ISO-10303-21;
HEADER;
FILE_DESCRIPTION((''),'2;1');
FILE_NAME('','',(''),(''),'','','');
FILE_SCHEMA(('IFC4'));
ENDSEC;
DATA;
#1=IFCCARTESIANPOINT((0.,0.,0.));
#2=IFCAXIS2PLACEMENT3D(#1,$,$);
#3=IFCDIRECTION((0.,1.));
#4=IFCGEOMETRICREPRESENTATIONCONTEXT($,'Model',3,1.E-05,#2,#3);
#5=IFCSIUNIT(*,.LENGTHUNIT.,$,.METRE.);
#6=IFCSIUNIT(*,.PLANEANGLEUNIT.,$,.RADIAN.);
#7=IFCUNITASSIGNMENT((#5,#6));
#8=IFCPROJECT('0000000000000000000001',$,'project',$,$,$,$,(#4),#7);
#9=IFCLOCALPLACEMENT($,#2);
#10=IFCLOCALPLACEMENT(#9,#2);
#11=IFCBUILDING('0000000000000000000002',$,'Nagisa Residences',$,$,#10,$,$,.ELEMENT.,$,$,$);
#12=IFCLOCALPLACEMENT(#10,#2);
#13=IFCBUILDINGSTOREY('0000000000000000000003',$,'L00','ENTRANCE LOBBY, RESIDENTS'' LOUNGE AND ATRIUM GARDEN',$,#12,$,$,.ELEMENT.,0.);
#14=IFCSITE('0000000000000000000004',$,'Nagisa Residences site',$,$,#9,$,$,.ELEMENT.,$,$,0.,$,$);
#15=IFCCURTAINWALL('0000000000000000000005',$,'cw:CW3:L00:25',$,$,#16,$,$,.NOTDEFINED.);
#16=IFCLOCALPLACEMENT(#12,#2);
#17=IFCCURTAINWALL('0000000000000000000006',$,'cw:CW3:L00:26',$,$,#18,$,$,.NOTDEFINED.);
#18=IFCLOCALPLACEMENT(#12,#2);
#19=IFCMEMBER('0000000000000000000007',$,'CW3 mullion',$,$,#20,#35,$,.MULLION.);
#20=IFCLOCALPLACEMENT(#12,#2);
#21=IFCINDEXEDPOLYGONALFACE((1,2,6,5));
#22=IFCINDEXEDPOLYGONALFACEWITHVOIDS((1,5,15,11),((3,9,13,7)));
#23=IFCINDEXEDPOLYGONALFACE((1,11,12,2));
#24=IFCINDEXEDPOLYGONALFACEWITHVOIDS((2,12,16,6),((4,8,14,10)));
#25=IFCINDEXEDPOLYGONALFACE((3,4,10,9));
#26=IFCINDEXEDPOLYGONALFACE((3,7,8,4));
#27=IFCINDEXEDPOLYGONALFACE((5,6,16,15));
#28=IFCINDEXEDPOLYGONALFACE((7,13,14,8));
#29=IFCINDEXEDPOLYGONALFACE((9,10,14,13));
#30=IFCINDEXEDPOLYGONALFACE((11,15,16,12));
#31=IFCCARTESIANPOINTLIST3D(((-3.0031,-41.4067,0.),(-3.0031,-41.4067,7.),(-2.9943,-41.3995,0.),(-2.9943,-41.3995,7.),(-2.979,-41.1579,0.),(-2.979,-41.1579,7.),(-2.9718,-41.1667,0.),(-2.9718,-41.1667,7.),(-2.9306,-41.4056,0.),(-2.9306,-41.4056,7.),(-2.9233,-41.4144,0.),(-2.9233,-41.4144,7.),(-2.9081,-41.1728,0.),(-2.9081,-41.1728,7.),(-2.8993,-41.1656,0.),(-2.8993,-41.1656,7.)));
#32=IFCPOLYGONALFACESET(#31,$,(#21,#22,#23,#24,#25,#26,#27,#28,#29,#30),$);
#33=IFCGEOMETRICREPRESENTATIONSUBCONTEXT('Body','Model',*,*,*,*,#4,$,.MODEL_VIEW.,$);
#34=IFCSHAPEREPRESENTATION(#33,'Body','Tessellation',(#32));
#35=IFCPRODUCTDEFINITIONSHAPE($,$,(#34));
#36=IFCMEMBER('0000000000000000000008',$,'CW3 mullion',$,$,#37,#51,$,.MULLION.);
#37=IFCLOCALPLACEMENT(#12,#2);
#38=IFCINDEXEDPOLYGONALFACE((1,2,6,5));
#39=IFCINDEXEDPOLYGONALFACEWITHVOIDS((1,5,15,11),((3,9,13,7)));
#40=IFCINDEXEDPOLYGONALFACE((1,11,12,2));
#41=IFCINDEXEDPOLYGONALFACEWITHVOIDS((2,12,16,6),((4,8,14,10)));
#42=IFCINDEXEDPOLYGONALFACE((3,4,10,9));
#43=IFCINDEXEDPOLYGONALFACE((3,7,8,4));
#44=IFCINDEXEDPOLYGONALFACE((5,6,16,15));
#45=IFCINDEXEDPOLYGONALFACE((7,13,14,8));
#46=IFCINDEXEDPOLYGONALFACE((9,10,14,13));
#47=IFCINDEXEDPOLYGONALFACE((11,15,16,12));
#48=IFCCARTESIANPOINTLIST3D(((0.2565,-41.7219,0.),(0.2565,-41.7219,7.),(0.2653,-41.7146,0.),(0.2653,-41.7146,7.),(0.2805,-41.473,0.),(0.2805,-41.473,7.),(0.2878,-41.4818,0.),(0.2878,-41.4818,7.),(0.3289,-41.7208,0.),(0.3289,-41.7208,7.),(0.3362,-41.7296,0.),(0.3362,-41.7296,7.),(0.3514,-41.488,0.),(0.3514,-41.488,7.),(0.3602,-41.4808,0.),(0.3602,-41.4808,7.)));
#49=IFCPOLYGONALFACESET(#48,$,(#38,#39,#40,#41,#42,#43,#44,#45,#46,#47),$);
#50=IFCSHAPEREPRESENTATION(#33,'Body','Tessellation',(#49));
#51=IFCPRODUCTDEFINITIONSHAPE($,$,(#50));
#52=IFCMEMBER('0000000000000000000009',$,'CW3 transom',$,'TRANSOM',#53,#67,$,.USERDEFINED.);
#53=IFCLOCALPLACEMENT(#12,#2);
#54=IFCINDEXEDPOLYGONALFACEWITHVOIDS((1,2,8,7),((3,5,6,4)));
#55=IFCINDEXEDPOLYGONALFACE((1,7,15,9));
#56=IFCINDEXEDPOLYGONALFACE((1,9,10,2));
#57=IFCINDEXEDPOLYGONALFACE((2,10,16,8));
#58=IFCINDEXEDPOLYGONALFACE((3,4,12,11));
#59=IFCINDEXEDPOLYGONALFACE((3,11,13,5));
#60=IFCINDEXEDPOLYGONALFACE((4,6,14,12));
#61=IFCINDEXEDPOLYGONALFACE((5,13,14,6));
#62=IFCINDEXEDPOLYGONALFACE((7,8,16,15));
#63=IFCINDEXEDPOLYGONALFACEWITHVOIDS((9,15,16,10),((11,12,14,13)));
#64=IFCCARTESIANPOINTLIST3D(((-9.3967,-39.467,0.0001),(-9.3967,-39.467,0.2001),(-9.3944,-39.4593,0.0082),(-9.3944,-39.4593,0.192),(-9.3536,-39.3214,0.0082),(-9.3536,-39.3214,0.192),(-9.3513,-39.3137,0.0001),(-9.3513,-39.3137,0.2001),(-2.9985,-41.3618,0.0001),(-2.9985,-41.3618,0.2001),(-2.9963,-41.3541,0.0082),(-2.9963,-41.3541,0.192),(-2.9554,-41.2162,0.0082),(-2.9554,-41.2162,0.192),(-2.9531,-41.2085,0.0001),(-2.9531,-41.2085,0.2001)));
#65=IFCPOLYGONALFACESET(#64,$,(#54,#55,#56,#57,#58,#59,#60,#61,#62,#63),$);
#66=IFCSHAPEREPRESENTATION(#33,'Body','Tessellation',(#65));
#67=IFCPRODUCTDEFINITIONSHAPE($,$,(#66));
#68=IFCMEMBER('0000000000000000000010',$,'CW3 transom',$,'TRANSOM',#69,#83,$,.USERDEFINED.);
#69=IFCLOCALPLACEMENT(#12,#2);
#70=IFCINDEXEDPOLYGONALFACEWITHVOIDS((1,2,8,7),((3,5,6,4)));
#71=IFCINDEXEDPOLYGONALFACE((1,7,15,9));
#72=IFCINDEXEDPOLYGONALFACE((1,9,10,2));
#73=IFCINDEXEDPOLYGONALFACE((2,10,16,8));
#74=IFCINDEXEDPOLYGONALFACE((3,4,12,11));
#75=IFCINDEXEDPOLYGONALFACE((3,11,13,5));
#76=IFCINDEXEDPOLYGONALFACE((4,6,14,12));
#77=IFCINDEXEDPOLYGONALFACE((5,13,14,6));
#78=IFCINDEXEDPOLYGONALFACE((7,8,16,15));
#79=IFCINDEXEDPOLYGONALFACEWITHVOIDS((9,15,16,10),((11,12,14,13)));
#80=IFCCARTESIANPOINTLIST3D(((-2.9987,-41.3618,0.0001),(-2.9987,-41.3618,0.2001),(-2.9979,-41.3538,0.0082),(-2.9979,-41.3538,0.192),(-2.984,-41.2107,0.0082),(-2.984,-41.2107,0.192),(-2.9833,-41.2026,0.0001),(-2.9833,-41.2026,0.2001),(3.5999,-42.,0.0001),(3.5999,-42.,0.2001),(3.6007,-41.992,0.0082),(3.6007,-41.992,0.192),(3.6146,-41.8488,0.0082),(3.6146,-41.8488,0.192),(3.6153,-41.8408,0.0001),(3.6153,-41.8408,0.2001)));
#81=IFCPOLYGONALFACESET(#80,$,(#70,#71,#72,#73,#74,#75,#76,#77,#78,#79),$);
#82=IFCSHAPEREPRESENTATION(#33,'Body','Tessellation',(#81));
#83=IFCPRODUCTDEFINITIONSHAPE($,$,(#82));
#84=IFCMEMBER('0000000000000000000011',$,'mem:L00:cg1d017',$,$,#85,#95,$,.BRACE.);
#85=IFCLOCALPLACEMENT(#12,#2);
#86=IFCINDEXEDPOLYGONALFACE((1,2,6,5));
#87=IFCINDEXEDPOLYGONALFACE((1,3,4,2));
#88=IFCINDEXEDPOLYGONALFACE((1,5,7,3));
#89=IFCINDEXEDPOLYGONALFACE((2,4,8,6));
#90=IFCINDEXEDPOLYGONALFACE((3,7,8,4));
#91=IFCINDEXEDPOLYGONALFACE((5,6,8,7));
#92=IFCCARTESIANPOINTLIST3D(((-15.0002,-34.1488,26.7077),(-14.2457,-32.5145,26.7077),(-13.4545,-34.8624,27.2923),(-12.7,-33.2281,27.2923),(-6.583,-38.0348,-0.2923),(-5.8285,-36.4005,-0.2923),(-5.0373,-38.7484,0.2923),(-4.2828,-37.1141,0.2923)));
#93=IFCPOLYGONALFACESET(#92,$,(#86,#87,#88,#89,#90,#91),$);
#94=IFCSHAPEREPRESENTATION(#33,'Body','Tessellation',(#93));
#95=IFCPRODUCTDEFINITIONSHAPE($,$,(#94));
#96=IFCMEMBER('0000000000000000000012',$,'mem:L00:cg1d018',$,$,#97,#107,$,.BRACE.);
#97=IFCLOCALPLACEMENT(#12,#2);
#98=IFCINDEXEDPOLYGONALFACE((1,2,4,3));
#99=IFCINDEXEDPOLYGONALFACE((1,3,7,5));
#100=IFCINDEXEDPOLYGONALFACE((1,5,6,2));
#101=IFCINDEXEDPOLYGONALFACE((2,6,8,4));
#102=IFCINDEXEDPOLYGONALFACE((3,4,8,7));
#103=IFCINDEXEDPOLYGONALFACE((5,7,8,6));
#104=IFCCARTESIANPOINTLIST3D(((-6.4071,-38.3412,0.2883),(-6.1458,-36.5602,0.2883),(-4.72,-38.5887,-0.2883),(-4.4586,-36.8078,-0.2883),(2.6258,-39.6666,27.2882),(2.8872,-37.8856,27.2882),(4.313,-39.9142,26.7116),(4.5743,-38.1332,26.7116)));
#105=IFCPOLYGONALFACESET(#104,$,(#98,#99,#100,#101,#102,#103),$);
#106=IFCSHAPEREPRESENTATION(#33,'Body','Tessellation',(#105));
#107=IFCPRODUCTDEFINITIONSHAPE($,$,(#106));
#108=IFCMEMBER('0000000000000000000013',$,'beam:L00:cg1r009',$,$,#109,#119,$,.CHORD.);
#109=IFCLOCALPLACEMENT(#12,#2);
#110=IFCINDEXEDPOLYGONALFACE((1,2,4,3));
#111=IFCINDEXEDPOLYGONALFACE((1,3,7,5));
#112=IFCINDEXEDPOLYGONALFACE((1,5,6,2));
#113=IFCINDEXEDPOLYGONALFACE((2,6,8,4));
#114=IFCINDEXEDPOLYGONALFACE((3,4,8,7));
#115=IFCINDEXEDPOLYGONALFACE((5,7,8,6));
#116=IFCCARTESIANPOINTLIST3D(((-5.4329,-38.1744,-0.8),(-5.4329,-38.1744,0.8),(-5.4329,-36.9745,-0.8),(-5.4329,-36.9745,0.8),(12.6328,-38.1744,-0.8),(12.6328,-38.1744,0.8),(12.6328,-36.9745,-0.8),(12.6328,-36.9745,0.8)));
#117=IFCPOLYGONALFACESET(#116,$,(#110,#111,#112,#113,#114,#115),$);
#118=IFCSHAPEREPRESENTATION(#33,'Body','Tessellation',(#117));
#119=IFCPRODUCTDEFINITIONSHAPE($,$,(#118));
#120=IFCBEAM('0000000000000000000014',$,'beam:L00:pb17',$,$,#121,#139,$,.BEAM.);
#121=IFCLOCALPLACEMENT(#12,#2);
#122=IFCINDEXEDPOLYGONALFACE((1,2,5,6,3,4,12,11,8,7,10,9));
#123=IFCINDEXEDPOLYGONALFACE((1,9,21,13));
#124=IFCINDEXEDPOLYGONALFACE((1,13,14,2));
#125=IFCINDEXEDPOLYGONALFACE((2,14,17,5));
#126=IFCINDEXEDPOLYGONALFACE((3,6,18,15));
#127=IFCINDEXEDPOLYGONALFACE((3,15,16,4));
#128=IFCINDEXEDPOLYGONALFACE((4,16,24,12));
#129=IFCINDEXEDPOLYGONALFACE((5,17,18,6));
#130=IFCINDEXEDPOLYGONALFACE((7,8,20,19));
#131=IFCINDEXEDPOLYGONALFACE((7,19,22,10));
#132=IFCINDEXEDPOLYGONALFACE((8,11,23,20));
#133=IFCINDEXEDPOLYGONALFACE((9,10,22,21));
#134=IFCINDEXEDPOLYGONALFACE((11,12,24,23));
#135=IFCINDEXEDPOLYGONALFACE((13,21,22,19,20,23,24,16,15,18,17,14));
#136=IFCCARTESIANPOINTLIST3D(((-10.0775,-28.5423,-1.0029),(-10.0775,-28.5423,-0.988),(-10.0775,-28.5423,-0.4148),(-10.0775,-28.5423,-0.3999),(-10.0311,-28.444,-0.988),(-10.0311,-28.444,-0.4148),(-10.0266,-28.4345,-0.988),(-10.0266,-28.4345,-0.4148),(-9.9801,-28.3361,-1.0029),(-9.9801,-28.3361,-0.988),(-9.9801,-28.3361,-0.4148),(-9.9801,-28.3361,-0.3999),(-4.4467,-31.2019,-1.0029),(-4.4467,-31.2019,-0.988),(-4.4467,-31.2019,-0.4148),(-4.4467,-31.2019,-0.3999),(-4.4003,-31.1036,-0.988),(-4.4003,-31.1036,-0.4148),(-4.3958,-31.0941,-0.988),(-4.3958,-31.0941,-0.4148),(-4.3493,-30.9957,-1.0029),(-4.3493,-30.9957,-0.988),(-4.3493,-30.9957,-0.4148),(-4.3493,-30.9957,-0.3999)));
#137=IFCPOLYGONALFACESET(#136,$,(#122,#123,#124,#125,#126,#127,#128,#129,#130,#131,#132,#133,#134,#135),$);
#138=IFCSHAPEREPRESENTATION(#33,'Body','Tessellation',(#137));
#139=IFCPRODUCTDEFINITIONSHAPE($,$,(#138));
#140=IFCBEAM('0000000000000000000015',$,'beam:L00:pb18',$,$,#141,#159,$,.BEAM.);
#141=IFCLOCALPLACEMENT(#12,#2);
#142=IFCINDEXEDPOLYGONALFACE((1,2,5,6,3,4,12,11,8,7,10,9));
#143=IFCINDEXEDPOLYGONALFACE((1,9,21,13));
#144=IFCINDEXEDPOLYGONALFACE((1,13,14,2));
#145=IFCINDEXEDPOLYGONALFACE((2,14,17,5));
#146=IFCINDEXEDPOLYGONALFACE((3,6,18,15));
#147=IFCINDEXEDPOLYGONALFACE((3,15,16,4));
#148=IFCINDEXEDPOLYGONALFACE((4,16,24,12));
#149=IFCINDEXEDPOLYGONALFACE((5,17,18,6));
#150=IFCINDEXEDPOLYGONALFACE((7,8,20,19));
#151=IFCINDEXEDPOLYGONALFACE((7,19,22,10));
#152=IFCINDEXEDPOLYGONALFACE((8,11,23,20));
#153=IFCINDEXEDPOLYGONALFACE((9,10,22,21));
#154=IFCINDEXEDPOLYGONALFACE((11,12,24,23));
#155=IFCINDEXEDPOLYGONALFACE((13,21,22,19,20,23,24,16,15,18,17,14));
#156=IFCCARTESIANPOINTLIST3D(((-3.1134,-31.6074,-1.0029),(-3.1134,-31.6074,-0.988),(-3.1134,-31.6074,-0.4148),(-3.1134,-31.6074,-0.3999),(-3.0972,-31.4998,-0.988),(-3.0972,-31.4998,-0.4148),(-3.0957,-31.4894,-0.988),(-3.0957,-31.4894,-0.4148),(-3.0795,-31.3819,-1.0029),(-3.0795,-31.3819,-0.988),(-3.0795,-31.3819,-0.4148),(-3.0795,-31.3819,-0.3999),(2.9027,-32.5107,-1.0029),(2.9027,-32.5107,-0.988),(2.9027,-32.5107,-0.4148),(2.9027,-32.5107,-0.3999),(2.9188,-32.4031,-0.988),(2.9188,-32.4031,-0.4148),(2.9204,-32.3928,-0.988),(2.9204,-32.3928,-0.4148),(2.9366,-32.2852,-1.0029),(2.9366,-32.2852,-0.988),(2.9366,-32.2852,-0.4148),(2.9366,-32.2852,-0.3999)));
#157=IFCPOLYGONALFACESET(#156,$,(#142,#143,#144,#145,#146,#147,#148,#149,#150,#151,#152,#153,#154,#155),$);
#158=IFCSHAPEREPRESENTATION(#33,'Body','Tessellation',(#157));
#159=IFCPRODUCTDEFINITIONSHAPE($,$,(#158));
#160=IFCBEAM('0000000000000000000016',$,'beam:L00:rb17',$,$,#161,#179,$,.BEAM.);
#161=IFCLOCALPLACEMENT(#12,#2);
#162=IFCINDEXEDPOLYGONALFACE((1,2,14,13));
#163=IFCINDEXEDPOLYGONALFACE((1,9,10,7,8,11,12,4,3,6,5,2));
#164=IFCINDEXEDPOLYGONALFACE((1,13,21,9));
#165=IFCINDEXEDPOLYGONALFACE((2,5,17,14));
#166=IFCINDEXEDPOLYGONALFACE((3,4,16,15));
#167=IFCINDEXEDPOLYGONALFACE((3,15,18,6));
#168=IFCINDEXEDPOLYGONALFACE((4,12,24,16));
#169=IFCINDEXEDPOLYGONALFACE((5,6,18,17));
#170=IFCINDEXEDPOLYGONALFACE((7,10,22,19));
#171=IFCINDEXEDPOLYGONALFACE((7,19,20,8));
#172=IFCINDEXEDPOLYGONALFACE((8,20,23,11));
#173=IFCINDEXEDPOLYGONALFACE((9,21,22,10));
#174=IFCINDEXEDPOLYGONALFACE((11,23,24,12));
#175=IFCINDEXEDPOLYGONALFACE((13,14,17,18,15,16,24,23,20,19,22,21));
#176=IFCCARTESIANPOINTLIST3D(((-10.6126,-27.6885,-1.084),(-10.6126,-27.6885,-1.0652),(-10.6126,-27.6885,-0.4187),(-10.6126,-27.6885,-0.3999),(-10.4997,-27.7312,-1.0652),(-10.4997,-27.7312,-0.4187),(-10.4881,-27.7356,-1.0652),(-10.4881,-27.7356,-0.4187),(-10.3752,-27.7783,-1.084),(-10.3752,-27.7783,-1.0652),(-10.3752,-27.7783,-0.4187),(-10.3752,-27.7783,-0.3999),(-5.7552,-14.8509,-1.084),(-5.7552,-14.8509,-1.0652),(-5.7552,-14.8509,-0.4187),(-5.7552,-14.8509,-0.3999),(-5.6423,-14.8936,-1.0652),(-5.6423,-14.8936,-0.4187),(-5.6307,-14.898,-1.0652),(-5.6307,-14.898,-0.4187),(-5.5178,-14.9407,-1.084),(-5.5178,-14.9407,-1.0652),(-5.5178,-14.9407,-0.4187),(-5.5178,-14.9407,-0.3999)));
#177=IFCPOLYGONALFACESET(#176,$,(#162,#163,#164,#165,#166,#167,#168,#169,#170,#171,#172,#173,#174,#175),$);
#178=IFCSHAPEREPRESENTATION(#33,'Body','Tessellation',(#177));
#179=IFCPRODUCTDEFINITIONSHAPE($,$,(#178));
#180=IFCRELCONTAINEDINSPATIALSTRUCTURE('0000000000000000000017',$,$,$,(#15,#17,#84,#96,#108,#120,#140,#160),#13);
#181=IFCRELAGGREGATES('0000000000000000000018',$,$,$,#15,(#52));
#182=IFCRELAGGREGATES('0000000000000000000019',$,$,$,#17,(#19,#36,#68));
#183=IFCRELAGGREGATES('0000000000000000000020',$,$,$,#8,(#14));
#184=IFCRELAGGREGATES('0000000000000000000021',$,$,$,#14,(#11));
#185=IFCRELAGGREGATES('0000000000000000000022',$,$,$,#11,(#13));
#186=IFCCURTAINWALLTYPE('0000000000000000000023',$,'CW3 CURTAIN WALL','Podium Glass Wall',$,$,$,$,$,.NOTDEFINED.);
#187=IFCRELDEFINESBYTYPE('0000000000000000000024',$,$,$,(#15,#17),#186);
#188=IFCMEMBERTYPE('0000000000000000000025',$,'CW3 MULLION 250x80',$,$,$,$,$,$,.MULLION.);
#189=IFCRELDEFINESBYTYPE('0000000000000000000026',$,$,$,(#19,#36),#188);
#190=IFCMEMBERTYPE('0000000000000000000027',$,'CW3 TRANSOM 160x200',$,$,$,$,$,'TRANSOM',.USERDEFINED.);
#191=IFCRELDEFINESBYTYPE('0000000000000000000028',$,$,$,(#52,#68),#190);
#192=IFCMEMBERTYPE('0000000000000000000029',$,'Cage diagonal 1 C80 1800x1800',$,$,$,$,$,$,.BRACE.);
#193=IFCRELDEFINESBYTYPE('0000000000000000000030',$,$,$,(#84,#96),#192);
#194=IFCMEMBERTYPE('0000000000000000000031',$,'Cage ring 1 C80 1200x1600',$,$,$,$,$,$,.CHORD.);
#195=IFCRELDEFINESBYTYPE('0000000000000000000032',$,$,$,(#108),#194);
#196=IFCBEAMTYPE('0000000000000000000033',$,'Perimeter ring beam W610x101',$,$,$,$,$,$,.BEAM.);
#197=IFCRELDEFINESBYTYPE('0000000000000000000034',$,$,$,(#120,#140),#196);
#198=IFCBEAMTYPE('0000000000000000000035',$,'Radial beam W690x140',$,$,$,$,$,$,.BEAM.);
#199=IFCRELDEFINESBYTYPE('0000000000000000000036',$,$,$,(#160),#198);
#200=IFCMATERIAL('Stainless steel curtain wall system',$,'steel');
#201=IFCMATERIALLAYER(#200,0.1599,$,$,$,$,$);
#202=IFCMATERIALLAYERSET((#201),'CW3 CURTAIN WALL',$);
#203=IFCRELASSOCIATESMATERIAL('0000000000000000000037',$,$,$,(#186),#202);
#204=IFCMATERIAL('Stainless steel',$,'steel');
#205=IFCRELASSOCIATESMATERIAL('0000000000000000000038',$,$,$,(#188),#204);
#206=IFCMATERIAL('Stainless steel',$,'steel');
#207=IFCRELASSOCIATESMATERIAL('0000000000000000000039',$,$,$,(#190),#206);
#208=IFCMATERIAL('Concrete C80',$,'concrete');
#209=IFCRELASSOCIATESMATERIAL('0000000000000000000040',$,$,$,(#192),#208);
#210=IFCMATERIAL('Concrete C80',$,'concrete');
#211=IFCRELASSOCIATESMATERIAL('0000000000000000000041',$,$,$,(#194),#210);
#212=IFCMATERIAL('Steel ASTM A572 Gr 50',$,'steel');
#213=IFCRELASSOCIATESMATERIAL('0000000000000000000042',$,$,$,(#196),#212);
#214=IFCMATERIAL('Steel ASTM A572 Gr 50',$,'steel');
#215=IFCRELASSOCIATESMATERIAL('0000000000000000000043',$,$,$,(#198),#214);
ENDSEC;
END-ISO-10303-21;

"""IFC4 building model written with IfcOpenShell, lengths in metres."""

from ifc_helpers import new_model, si_unit, direction, frame, origin, origin_2d, place, context, subcontext, project, spatial, rectangle, hollow_rectangle, i_section, extrude, material, layer, layer_set, material_profile, profile_set, type_object, element, aggregate, save


model = new_model("IFC4")

# Units and contexts
model_context = context("Model", 3, precision=1e-05, world=origin(), true_north=direction((0.0, 1.0)))
body_context = subcontext(model_context, "Body", "Model", "MODEL_VIEW")
ifc_project = project(units=[si_unit("LENGTHUNIT", "METRE"), si_unit("PLANEANGLEUNIT", "RADIAN")], contexts=[model_context])

# Site, building, storey
site_placement = place(None, origin())
site = spatial("IfcSite", under=ifc_project, at=site_placement, Name="Nagisa Residences site", CompositionType="ELEMENT", RefElevation=0.0)
building_placement = place(site_placement, origin())
building = spatial("IfcBuilding", under=site, at=building_placement, Name="Nagisa Residences", CompositionType="ELEMENT")
storey_placement = place(building_placement, origin())
storey = spatial("IfcBuildingStorey", under=building, at=storey_placement, Name="L00", Description="ENTRANCE LOBBY, RESIDENTS' LOUNGE AND ATRIUM GARDEN", CompositionType="ELEMENT", Elevation=0.0)

# Shared definitions
ifc_material_1 = material(Name="Stainless steel curtain wall system", Category="steel")
ifc_layer_1 = layer(ifc_material_1, 0.1599)
ifc_layer_set_1 = layer_set([ifc_layer_1], Name="CW3 CURTAIN WALL")
curtain_wall_type = type_object("IfcCurtainWallType", Name="CW3 CURTAIN WALL", Description="Podium Glass Wall", PredefinedType="NOTDEFINED", material=ifc_layer_set_1)
ifc_material_2 = material(Name="Stainless steel", Category="steel")
ifc_material_profile_1 = material_profile(ifc_material_2, hollow_rectangle(XDim=0.25, YDim=0.0801, WallThickness=0.0081, at=origin_2d()), Name="CW3 MULLION 250x80")
ifc_profile_set_1 = profile_set([ifc_material_profile_1], Name="Stainless steel")
member_type_1 = type_object("IfcMemberType", Name="CW3 MULLION 250x80", PredefinedType="MULLION", material=ifc_profile_set_1)

# Curtain walls, members
curtain_wall_1_placement = place(storey_placement, origin())
curtain_wall_1 = element("IfcCurtainWall", 1, at=curtain_wall_1_placement, inside=storey, type_object=curtain_wall_type, Name="cw:CW3:L00:25", PredefinedType="NOTDEFINED")
curtain_wall_2_placement = place(storey_placement, origin())
curtain_wall_2 = element("IfcCurtainWall", 2, at=curtain_wall_2_placement, inside=storey, type_object=curtain_wall_type, Name="cw:CW3:L00:26", PredefinedType="NOTDEFINED")
member_1_placement = place(storey_placement, frame((-2.9512, -41.2861, 0.0), z_axis=(0.0, 0.0, 1.0), x_axis=(0.096249, 0.995357, 0.0)))
member_1 = element("IfcMember", 3, at=member_1_placement, type_object=member_type_1, Name="CW3 mullion", PredefinedType="MULLION", context=body_context, shape_type="SweptSolid", body=[
    extrude(hollow_rectangle(XDim=0.25, YDim=0.0801, WallThickness=0.0081, at=origin_2d()), origin(), (0.0, 0.0, 1.0), 7.0),
])
member_2_placement = place(storey_placement, frame((0.3083, -41.6013, 0.0), z_axis=(0.0, 0.0, 1.0), x_axis=(0.096249, 0.995357, 0.0)))
member_2 = element("IfcMember", 4, at=member_2_placement, type_object=member_type_1, Name="CW3 mullion", PredefinedType="MULLION", context=body_context, shape_type="SweptSolid", body=[
    extrude(hollow_rectangle(XDim=0.25, YDim=0.0801, WallThickness=0.0081, at=origin_2d()), origin(), (0.0, 0.0, 1.0), 7.0),
])

# Members
ifc_material_3 = material(Name="Stainless steel", Category="steel")
ifc_material_profile_2 = material_profile(ifc_material_3, hollow_rectangle(XDim=0.1599, YDim=0.2, WallThickness=0.0081, at=origin_2d()), Name="CW3 TRANSOM 160x200")
ifc_profile_set_2 = profile_set([ifc_material_profile_2], Name="Stainless steel")
member_type_2 = type_object("IfcMemberType", Name="CW3 TRANSOM 160x200", ElementType="TRANSOM", PredefinedType="USERDEFINED", material=ifc_profile_set_2)
member_3_placement = place(storey_placement, frame((-9.374, -39.3904, 0.1001), z_axis=(0.958838, -0.283953, 0.0), x_axis=(0.283953, 0.958838, 0.0)))
member_3 = element("IfcMember", 5, at=member_3_placement, type_object=member_type_2, Name="CW3 transom", ObjectType="TRANSOM", PredefinedType="USERDEFINED", context=body_context, shape_type="SweptSolid", body=[
    extrude(hollow_rectangle(XDim=0.1599, YDim=0.2, WallThickness=0.0081, at=origin_2d()), origin(), (0.0, 0.0, 1.0), 6.6729),
])
member_4_placement = place(storey_placement, frame((-2.991, -41.2822, 0.1001), z_axis=(0.995356, -0.096265, 0.0), x_axis=(0.096265, 0.995356, 0.0)))
member_4 = element("IfcMember", 6, at=member_4_placement, type_object=member_type_2, Name="CW3 transom", ObjectType="TRANSOM", PredefinedType="USERDEFINED", context=body_context, shape_type="SweptSolid", body=[
    extrude(hollow_rectangle(XDim=0.1599, YDim=0.2, WallThickness=0.0081, at=origin_2d()), origin(), (0.0, 0.0, 1.0), 6.6294),
])

# Members
ifc_material_4 = material(Name="Concrete C80", Category="concrete")
ifc_material_profile_3 = material_profile(ifc_material_4, rectangle(XDim=1.8, YDim=1.8, at=origin_2d()), Name="C80 1800x1800")
ifc_profile_set_3 = profile_set([ifc_material_profile_3], Name="Concrete C80")
member_type_3 = type_object("IfcMemberType", Name="Cage diagonal 1 C80 1800x1800", PredefinedType="BRACE", material=ifc_profile_set_3)
member_5_placement = place(storey_placement, frame((-5.4329, -37.5745, 0.0), z_axis=(-0.294852, 0.136124, 0.945797), x_axis=(-0.419157, -0.907914, 0.0)))
element("IfcMember", 7, at=member_5_placement, inside=storey, type_object=member_type_3, Name="mem:L00:cg1d017", PredefinedType="BRACE", context=body_context, shape_type="SweptSolid", body=[
    extrude(rectangle(XDim=1.8, YDim=1.8, at=origin_2d()), origin(), (0.0, 0.0, 1.0), 28.5474),
])
member_6_placement = place(storey_placement, frame((-5.4329, -37.5745, 0.0), z_axis=(0.316926, -0.046504, 0.947309), x_axis=(0.145179, 0.989405, 0.0)))
element("IfcMember", 8, at=member_6_placement, inside=storey, type_object=member_type_3, Name="mem:L00:cg1d018", PredefinedType="BRACE", context=body_context, shape_type="SweptSolid", body=[
    extrude(rectangle(XDim=1.8, YDim=1.8, at=origin_2d()), origin(), (0.0, 0.0, 1.0), 28.5017),
])
ifc_material_5 = material(Name="Concrete C80", Category="concrete")
ifc_material_profile_4 = material_profile(ifc_material_5, rectangle(XDim=1.2, YDim=1.6001, at=origin_2d()), Name="C80 1200x1600")
ifc_profile_set_4 = profile_set([ifc_material_profile_4], Name="Concrete C80")
member_type_4 = type_object("IfcMemberType", Name="Cage ring 1 C80 1200x1600", PredefinedType="CHORD", material=ifc_profile_set_4)
member_7_placement = place(storey_placement, frame((-5.4329, -37.5745, 0.0), z_axis=(1.0, 0.0, 0.0), x_axis=(0.0, 1.0, 0.0)))
element("IfcMember", 9, at=member_7_placement, inside=storey, type_object=member_type_4, Name="beam:L00:cg1r009", PredefinedType="CHORD", context=body_context, shape_type="SweptSolid", body=[
    extrude(rectangle(XDim=1.2, YDim=1.6001, at=origin_2d()), origin(), (0.0, 0.0, 1.0), 18.0657),
])

# Beams
ifc_material_6 = material(Name="Steel ASTM A572 Gr 50", Category="steel")
ifc_material_profile_5 = material_profile(ifc_material_6, i_section(OverallWidth=0.228, OverallDepth=0.603, WebThickness=0.0105, FlangeThickness=0.0149, at=origin_2d()), Name="W610x101")
ifc_profile_set_5 = profile_set([ifc_material_profile_5], Name="Steel ASTM A572 Gr 50")
beam_type_1 = type_object("IfcBeamType", Name="Perimeter ring beam W610x101", PredefinedType="BEAM", material=ifc_profile_set_5)
beam_1_placement = place(storey_placement, frame((-10.0288, -28.4392, -0.7014), z_axis=(0.904208, -0.427092, 0.0), x_axis=(0.427092, 0.904208, 0.0)))
element("IfcBeam", 10, at=beam_1_placement, inside=storey, type_object=beam_type_1, Name="beam:L00:pb17", PredefinedType="BEAM", context=body_context, shape_type="SweptSolid", body=[
    extrude(i_section(OverallWidth=0.228, OverallDepth=0.603, WebThickness=0.0105, FlangeThickness=0.0149, at=origin_2d()), origin(), (0.0, 0.0, 1.0), 6.2273),
])
beam_2_placement = place(storey_placement, frame((-3.0964, -31.4946, -0.7014), z_axis=(0.988915, -0.148486, 0.0), x_axis=(0.148486, 0.988915, 0.0)))
element("IfcBeam", 11, at=beam_2_placement, inside=storey, type_object=beam_type_1, Name="beam:L00:pb18", PredefinedType="BEAM", context=body_context, shape_type="SweptSolid", body=[
    extrude(i_section(OverallWidth=0.228, OverallDepth=0.603, WebThickness=0.0105, FlangeThickness=0.0149, at=origin_2d()), origin(), (0.0, 0.0, 1.0), 6.0835),
])
ifc_material_7 = material(Name="Steel ASTM A572 Gr 50", Category="steel")
ifc_material_profile_6 = material_profile(ifc_material_7, i_section(OverallWidth=0.2539, OverallDepth=0.6841, WebThickness=0.0125, FlangeThickness=0.0188, at=origin_2d()), Name="W690x140")
ifc_profile_set_6 = profile_set([ifc_material_profile_6], Name="Steel ASTM A572 Gr 50")
beam_type_2 = type_object("IfcBeamType", Name="Radial beam W690x140", PredefinedType="BEAM", material=ifc_profile_set_6)
beam_3_placement = place(storey_placement, frame((-10.4939, -27.7334, -0.7419), z_axis=(0.353888, 0.935288, 0.0), x_axis=(-0.935288, 0.353888, 0.0)))
element("IfcBeam", 12, at=beam_3_placement, inside=storey, type_object=beam_type_2, Name="beam:L00:rb17", PredefinedType="BEAM", context=body_context, shape_type="SweptSolid", body=[
    extrude(i_section(OverallWidth=0.2539, OverallDepth=0.6841, WebThickness=0.0125, FlangeThickness=0.0188, at=origin_2d()), origin(), (0.0, 0.0, 1.0), 13.7258),
])

aggregate(curtain_wall_1, [member_3])
aggregate(curtain_wall_2, [member_1, member_2, member_4])

save(model, "model.ifc")
